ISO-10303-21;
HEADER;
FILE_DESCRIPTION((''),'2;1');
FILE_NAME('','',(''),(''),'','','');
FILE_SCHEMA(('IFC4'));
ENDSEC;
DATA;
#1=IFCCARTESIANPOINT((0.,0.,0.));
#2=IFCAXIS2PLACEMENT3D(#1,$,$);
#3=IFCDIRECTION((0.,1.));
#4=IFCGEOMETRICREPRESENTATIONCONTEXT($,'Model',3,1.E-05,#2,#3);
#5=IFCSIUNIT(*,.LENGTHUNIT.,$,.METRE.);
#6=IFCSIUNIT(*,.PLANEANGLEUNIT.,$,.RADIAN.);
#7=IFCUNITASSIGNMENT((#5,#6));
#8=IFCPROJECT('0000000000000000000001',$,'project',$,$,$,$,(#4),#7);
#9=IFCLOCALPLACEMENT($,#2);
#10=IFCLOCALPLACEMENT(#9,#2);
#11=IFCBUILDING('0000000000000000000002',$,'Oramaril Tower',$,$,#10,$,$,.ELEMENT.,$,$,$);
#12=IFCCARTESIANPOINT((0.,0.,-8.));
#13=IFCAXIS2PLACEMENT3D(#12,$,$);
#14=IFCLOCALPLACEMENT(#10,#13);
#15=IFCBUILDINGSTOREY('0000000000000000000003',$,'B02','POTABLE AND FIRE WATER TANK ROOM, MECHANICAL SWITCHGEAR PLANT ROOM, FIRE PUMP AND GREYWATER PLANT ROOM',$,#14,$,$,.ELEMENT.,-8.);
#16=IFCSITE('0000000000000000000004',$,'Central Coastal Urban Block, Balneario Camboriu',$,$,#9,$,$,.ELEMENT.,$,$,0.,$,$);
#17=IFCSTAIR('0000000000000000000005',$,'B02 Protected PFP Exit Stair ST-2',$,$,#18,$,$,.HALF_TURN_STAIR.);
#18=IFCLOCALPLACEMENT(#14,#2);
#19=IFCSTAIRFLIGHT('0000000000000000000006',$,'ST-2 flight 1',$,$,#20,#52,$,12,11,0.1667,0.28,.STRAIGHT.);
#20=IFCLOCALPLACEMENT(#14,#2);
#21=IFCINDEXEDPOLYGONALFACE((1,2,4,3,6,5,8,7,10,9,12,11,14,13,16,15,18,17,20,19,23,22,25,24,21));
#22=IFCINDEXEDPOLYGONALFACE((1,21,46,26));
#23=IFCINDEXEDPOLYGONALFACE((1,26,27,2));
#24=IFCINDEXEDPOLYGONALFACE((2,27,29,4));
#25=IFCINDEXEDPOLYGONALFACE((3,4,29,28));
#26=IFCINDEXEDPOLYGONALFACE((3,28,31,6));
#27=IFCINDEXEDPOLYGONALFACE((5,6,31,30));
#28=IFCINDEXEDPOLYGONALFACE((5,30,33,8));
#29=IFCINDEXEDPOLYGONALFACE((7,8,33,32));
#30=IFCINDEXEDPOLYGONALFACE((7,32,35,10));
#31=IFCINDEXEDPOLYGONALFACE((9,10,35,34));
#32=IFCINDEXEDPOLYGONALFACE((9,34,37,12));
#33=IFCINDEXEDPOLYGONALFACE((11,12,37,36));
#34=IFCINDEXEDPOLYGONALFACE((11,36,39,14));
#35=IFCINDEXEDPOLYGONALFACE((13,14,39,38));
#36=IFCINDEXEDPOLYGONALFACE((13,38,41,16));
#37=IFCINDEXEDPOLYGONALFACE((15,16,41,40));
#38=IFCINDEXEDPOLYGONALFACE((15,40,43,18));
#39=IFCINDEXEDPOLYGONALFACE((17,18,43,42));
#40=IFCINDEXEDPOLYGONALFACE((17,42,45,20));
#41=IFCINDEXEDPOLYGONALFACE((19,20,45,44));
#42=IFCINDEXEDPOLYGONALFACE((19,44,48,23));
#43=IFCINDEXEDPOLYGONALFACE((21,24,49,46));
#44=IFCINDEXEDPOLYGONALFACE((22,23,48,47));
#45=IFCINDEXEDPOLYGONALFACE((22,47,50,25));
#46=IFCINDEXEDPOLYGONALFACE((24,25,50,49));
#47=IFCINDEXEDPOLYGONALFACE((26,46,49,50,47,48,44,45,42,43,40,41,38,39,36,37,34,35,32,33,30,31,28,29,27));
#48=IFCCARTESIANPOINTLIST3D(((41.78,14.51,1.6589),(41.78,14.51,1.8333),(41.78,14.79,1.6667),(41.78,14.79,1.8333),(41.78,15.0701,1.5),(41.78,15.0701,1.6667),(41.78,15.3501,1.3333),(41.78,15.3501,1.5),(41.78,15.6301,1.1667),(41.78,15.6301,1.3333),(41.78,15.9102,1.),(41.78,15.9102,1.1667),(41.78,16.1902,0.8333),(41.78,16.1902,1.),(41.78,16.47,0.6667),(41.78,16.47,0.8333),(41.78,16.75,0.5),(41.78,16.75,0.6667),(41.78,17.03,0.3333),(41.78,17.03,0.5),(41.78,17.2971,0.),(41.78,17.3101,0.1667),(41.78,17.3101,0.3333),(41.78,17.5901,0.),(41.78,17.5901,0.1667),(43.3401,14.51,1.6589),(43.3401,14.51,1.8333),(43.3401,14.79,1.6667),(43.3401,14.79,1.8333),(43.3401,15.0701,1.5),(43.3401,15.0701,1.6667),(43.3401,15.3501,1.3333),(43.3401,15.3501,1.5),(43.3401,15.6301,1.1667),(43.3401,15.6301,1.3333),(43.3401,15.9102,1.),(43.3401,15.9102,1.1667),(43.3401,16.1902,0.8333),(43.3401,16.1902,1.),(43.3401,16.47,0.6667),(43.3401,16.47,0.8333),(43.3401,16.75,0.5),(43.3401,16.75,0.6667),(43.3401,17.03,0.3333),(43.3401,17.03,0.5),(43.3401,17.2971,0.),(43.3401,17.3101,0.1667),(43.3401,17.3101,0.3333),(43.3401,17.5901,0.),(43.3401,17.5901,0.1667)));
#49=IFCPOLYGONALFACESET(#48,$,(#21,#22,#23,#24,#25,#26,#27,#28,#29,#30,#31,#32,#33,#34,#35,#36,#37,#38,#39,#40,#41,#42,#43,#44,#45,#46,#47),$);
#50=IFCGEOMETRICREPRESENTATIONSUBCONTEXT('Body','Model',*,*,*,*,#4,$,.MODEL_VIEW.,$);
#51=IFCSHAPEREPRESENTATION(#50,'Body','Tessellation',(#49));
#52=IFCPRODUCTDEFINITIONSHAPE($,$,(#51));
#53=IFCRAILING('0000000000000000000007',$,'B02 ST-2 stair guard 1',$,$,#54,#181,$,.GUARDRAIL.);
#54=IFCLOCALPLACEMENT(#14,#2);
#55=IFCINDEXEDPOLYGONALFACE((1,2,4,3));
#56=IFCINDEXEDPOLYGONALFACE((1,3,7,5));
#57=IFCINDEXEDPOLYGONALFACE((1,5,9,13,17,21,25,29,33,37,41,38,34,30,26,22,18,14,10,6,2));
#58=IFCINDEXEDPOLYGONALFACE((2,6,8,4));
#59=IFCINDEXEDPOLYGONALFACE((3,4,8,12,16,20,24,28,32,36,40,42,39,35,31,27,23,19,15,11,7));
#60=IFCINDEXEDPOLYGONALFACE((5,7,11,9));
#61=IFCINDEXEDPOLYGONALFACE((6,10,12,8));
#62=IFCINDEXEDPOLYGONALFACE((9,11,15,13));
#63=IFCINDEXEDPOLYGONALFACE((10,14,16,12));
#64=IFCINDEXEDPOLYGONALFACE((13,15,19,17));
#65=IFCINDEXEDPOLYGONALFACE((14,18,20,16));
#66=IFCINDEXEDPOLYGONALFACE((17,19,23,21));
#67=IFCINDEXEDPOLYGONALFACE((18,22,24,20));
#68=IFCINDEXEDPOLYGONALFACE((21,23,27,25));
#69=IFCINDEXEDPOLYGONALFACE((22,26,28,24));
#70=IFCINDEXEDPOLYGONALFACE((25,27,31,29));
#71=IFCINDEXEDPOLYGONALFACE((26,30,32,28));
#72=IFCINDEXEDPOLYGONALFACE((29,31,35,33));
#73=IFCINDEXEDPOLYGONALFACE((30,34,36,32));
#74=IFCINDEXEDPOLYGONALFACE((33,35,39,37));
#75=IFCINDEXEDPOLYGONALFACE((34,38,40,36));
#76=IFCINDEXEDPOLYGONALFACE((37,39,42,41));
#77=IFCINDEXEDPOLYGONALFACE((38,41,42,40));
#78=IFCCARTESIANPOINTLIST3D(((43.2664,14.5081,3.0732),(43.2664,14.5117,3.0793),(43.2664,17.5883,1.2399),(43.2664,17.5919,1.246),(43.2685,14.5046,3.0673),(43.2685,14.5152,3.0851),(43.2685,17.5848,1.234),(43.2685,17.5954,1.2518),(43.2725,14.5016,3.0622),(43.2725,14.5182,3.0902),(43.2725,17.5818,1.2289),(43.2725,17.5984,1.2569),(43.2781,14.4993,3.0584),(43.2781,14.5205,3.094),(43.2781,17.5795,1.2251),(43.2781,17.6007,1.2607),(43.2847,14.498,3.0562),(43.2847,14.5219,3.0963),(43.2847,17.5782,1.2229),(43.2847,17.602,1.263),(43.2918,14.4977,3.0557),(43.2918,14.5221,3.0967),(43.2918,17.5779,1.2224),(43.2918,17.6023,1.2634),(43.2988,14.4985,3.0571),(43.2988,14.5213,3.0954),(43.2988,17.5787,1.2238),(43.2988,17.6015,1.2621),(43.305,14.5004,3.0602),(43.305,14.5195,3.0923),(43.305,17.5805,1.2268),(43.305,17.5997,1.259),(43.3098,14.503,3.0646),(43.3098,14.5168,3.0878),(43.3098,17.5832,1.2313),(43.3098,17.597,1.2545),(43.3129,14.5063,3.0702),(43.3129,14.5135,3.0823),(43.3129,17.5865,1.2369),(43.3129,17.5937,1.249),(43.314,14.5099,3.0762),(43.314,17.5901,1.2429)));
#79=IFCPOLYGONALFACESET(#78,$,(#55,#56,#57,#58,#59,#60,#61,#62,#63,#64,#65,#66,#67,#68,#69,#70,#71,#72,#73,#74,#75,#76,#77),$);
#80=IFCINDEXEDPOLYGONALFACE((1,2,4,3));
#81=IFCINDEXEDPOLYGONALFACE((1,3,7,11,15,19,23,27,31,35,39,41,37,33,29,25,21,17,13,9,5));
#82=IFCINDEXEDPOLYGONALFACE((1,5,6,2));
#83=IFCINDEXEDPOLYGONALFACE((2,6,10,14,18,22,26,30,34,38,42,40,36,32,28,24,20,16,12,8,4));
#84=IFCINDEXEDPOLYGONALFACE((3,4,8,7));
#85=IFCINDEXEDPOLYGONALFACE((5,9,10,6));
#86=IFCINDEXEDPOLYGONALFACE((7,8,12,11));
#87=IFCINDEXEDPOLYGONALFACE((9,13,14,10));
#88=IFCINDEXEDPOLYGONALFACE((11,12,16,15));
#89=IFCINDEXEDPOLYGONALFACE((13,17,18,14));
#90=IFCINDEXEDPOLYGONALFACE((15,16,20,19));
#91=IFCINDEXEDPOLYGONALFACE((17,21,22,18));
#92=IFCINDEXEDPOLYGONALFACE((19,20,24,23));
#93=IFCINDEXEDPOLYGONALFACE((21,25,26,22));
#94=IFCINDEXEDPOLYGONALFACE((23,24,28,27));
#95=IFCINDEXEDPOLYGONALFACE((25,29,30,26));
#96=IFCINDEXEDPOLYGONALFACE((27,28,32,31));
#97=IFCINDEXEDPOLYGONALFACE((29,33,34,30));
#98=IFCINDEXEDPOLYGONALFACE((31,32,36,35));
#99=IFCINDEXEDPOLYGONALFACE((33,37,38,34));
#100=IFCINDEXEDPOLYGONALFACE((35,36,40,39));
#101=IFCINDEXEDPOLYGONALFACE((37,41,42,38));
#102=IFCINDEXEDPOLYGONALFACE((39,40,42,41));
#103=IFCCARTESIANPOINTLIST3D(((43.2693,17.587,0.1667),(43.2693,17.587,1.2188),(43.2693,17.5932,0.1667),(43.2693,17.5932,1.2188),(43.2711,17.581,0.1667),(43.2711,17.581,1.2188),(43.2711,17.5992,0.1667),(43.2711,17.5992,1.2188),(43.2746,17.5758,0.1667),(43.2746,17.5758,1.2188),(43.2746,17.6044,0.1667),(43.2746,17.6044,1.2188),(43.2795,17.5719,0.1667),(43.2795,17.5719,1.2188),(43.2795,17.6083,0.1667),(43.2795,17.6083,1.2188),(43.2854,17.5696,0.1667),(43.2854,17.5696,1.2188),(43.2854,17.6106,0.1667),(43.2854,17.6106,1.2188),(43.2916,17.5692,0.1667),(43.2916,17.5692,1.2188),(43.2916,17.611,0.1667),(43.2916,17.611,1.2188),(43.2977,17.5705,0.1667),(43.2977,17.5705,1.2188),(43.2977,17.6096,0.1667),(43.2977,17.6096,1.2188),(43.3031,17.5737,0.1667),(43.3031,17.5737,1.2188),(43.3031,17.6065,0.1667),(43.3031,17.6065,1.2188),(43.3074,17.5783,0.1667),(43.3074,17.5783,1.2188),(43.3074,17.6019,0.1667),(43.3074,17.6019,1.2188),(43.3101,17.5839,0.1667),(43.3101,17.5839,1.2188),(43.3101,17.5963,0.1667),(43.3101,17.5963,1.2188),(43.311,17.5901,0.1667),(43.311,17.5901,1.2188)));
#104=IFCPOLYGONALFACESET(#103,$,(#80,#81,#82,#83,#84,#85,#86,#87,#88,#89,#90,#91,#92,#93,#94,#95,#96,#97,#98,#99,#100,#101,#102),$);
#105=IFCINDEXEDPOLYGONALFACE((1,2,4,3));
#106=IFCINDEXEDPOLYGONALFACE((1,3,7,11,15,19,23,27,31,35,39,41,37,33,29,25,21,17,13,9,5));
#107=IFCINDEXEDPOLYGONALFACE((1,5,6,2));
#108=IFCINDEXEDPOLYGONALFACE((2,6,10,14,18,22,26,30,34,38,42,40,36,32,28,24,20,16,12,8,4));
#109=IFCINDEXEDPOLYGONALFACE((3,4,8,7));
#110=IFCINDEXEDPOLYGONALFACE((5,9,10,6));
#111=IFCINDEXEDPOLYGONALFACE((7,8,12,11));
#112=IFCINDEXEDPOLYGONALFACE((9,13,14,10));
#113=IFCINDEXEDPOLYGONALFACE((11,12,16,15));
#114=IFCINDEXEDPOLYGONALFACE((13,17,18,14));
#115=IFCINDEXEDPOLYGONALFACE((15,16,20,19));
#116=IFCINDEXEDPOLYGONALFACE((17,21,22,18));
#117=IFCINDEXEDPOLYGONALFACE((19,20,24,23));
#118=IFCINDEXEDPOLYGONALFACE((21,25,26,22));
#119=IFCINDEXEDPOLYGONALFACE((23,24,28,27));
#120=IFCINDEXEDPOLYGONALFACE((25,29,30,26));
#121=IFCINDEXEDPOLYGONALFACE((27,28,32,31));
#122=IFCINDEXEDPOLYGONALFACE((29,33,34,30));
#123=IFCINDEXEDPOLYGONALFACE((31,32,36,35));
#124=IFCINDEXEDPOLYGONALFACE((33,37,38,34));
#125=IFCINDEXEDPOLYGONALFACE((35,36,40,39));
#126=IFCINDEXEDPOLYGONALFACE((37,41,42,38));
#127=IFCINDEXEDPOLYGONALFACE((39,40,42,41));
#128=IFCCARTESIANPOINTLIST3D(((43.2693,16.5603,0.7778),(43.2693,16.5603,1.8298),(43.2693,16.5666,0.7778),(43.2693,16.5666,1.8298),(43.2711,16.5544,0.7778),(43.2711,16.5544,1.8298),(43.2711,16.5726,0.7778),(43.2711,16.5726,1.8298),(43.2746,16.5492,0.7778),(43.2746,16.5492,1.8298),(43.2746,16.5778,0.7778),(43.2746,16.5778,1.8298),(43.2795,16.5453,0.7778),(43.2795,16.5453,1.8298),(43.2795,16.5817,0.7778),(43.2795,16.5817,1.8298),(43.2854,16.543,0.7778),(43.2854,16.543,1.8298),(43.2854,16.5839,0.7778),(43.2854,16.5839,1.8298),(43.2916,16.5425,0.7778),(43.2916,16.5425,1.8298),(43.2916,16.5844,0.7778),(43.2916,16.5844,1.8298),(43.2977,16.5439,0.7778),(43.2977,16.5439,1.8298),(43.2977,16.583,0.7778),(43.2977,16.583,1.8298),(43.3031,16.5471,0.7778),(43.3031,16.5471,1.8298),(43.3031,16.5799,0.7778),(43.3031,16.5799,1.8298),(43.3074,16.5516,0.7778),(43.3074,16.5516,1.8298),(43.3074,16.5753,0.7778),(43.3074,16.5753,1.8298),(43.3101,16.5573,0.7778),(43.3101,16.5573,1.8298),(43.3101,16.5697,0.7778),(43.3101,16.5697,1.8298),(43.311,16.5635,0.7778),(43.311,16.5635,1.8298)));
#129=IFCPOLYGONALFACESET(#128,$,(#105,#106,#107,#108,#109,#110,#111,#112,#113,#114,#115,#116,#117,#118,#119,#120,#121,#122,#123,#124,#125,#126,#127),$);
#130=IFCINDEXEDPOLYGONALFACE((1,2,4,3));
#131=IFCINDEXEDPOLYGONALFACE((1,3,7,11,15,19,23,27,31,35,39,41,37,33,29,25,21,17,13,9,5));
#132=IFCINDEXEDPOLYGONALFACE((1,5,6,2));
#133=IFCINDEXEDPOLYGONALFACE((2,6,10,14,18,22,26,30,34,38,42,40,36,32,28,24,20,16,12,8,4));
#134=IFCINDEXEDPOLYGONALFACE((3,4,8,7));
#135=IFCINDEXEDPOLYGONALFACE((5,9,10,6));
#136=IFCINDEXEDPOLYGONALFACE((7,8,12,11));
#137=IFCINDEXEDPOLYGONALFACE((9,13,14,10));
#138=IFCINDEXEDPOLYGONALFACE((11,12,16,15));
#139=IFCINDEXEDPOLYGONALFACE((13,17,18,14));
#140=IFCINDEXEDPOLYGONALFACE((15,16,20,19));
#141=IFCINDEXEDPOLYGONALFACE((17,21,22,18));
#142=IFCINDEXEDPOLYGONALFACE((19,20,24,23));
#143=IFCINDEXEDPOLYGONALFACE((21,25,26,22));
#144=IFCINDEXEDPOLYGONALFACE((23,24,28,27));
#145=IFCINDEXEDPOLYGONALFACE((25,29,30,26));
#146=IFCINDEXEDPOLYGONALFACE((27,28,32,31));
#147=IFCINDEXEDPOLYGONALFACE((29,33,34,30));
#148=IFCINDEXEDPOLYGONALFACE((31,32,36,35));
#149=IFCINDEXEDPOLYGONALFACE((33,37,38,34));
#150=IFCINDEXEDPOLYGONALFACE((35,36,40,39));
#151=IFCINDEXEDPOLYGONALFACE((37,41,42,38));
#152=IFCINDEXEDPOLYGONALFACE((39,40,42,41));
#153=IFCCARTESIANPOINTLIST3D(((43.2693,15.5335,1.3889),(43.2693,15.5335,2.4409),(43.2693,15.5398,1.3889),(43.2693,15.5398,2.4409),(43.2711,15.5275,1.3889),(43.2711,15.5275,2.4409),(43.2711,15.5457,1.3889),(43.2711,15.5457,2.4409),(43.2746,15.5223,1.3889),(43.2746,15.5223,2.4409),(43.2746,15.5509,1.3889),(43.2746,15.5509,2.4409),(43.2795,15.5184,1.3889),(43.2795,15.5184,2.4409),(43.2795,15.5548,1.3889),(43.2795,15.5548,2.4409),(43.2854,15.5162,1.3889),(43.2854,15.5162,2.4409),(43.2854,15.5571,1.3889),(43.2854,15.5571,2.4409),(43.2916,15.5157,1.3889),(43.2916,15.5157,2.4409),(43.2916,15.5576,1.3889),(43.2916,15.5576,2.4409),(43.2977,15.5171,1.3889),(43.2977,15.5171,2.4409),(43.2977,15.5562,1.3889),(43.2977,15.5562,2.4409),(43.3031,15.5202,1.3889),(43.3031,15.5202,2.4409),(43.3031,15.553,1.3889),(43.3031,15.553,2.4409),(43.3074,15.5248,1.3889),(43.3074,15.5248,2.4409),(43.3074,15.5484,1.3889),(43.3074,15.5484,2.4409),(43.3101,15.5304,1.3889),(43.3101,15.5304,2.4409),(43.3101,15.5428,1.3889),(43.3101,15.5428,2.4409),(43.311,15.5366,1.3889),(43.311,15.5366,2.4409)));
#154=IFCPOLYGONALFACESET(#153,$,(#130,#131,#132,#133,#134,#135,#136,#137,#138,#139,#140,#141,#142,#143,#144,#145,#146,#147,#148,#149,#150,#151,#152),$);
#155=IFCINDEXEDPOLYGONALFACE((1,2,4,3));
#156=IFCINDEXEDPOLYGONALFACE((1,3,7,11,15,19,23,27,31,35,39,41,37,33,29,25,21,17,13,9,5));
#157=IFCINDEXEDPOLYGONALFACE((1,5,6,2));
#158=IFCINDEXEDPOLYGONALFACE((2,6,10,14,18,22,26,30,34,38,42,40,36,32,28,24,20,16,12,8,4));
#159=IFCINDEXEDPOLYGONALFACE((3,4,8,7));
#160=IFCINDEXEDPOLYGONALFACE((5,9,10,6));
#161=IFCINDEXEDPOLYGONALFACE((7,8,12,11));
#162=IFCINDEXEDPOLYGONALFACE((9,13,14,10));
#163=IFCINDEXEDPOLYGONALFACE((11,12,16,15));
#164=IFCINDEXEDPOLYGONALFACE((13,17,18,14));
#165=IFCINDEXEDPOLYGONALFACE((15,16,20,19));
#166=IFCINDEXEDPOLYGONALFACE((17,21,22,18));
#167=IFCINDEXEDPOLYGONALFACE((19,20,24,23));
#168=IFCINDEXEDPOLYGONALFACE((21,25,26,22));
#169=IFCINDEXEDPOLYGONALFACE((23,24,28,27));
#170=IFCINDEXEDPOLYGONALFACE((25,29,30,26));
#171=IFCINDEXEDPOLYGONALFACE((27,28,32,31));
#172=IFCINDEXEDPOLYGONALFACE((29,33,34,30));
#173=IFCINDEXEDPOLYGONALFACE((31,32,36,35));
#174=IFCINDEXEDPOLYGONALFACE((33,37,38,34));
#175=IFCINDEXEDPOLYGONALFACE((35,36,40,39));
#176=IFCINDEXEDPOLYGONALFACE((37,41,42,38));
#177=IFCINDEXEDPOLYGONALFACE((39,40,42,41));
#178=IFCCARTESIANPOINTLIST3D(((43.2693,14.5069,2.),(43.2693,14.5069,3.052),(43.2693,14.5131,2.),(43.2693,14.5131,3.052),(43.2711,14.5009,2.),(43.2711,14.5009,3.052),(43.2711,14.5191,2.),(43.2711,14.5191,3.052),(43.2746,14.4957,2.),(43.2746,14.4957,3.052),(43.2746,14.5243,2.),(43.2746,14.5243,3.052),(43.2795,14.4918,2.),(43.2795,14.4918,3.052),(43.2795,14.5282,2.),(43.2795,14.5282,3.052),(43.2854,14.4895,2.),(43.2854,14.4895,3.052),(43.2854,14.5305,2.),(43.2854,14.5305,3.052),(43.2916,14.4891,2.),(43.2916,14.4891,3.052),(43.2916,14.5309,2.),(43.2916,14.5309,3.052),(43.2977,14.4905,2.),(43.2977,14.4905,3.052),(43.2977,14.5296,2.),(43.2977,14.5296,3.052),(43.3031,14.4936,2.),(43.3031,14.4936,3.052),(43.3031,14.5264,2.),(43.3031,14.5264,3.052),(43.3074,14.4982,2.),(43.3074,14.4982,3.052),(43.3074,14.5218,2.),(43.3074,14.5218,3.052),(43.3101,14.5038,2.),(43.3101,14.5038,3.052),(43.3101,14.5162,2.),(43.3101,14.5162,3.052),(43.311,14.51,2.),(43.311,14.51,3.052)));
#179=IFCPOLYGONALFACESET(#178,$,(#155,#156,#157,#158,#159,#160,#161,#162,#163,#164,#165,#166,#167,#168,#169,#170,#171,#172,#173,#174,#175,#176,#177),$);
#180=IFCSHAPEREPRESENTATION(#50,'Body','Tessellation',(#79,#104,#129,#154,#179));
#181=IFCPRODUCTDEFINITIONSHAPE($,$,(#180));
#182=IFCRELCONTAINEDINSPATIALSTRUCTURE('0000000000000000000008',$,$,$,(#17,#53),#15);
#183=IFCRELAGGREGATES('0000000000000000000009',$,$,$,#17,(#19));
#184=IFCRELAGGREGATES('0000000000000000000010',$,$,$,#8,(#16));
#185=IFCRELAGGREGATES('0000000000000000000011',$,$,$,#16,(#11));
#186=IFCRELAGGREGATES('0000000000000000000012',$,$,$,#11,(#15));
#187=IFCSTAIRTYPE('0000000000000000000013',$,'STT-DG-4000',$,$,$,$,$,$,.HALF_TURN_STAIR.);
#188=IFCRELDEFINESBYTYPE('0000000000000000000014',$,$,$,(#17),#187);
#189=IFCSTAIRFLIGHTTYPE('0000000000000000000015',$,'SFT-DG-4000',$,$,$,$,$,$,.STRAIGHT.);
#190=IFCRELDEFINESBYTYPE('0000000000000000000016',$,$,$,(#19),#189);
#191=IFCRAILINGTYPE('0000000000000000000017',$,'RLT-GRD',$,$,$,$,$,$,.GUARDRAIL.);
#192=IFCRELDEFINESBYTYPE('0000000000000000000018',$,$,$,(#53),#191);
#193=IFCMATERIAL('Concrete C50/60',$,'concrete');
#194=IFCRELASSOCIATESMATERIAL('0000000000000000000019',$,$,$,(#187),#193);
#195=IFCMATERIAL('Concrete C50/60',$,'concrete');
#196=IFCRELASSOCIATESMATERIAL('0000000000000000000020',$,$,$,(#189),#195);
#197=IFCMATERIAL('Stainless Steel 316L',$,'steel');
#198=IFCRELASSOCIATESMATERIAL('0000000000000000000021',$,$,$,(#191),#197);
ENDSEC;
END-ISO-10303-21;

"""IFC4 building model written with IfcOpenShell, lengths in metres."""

from ifc_helpers import new_model, si_unit, direction, frame, origin, origin_2d, place, context, subcontext, project, spatial, polyline, circle, outline, extrude, material, type_object, element, aggregate, save


model = new_model("IFC4")

# Units and contexts
model_context = context("Model", 3, precision=1e-05, world=origin(), true_north=direction((0.0, 1.0)))
body_context = subcontext(model_context, "Body", "Model", "MODEL_VIEW")
ifc_project = project(units=[si_unit("LENGTHUNIT", "METRE"), si_unit("PLANEANGLEUNIT", "RADIAN")], contexts=[model_context])

# Site, building, storey
site_placement = place(None, origin())
site = spatial("IfcSite", under=ifc_project, at=site_placement, Name="Central Coastal Urban Block, Balneario Camboriu", CompositionType="ELEMENT", RefElevation=0.0)
building_placement = place(site_placement, origin())
building = spatial("IfcBuilding", under=site, at=building_placement, Name="Oramaril Tower", CompositionType="ELEMENT")
storey_placement = place(building_placement, frame((0.0, 0.0, -8.0)))
storey = spatial("IfcBuildingStorey", under=building, at=storey_placement, Name="B02", Description="POTABLE AND FIRE WATER TANK ROOM, MECHANICAL SWITCHGEAR PLANT ROOM, FIRE PUMP AND GREYWATER PLANT ROOM", CompositionType="ELEMENT", Elevation=-8.0)

# Stair, stair flight
ifc_material_1 = material(Name="Concrete C50/60", Category="concrete")
stair_type = type_object("IfcStairType", Name="STT-DG-4000", PredefinedType="HALF_TURN_STAIR", material=ifc_material_1)
stair_placement = place(storey_placement, origin())
stair = element("IfcStair", 1, at=stair_placement, inside=storey, type_object=stair_type, Name="B02 Protected PFP Exit Stair ST-2", PredefinedType="HALF_TURN_STAIR")
ifc_material_2 = material(Name="Concrete C50/60", Category="concrete")
stair_flight_type = type_object("IfcStairFlightType", Name="SFT-DG-4000", PredefinedType="STRAIGHT", material=ifc_material_2)
stair_flight_placement = place(storey_placement, frame((42.5601, 17.5901, 0.0), z_axis=(0.0, 0.0, 1.0), x_axis=(0.0, -1.0, 0.0)))
stair_flight = element("IfcStairFlight", 2, at=stair_flight_placement, type_object=stair_flight_type, Name="ST-2 flight 1", NumberOfRisers=12, NumberOfTreads=11, PredefinedType="STRAIGHT", RiserHeight=0.1667, TreadLength=0.28, context=body_context, shape_type="SweptSolid", body=[
    extrude(outline(polyline([(0.0, 0.0), (0.0, 0.1667), (0.28, 0.1667), (0.28, 0.3333), (0.5601, 0.3333), (0.5601, 0.5), (0.8401, 0.5), (0.8401, 0.6667), (1.1201, 0.6667), (1.1201, 0.8333), (1.3999, 0.8333), (1.3999, 1.0), (1.6799, 1.0), (1.6799, 1.1667), (1.96, 1.1667), (1.96, 1.3333), (2.24, 1.3333), (2.24, 1.5), (2.52, 1.5), (2.52, 1.6667), (2.8, 1.6667), (2.8, 1.8333), (3.0801, 1.8333), (3.0801, 2.0), (3.0801, 1.6589), (0.293, 0.0), (0.0, 0.0)])), frame((0.0, 0.78, 0.0), z_axis=(0.0, -1.0, 0.0), x_axis=(1.0, 0.0, 0.0)), (0.0, 0.0, 1.0), 1.5601),
])
aggregate(stair, [stair_flight])

# Railing
ifc_material_3 = material(Name="Stainless Steel 316L", Category="steel")
railing_type_1 = type_object("IfcRailingType", Name="RLT-GRD", PredefinedType="GUARDRAIL", material=ifc_material_3)
railing_1_placement = place(storey_placement, frame((43.29, 17.5901, 0.1667)))
element("IfcRailing", 3, at=railing_1_placement, inside=storey, type_object=railing_type_1, Name="B02 ST-2 stair guard 1", PredefinedType="GUARDRAIL", context=body_context, shape_type="SweptSolid", body=[
    extrude(circle(Radius=0.0239, at=origin_2d()), frame((0.0, 0.0, 1.0762), z_axis=(0.0, -0.859309, 0.511458), x_axis=(1.0, 0.0, 0.0)), (0.0, 0.0, 1.0), 3.5845),
    extrude(circle(Radius=0.021, at=origin_2d()), origin(), (0.0, 0.0, 1.0), 1.052),
    extrude(circle(Radius=0.021, at=origin_2d()), frame((0.0, -1.0266, 0.6111)), (0.0, 0.0, 1.0), 1.052),
    extrude(circle(Radius=0.021, at=origin_2d()), frame((0.0, -2.0535, 1.2222)), (0.0, 0.0, 1.0), 1.052),
    extrude(circle(Radius=0.021, at=origin_2d()), frame((0.0, -3.0801, 1.8333)), (0.0, 0.0, 1.0), 1.052),
])

save(model, "model.ifc")
